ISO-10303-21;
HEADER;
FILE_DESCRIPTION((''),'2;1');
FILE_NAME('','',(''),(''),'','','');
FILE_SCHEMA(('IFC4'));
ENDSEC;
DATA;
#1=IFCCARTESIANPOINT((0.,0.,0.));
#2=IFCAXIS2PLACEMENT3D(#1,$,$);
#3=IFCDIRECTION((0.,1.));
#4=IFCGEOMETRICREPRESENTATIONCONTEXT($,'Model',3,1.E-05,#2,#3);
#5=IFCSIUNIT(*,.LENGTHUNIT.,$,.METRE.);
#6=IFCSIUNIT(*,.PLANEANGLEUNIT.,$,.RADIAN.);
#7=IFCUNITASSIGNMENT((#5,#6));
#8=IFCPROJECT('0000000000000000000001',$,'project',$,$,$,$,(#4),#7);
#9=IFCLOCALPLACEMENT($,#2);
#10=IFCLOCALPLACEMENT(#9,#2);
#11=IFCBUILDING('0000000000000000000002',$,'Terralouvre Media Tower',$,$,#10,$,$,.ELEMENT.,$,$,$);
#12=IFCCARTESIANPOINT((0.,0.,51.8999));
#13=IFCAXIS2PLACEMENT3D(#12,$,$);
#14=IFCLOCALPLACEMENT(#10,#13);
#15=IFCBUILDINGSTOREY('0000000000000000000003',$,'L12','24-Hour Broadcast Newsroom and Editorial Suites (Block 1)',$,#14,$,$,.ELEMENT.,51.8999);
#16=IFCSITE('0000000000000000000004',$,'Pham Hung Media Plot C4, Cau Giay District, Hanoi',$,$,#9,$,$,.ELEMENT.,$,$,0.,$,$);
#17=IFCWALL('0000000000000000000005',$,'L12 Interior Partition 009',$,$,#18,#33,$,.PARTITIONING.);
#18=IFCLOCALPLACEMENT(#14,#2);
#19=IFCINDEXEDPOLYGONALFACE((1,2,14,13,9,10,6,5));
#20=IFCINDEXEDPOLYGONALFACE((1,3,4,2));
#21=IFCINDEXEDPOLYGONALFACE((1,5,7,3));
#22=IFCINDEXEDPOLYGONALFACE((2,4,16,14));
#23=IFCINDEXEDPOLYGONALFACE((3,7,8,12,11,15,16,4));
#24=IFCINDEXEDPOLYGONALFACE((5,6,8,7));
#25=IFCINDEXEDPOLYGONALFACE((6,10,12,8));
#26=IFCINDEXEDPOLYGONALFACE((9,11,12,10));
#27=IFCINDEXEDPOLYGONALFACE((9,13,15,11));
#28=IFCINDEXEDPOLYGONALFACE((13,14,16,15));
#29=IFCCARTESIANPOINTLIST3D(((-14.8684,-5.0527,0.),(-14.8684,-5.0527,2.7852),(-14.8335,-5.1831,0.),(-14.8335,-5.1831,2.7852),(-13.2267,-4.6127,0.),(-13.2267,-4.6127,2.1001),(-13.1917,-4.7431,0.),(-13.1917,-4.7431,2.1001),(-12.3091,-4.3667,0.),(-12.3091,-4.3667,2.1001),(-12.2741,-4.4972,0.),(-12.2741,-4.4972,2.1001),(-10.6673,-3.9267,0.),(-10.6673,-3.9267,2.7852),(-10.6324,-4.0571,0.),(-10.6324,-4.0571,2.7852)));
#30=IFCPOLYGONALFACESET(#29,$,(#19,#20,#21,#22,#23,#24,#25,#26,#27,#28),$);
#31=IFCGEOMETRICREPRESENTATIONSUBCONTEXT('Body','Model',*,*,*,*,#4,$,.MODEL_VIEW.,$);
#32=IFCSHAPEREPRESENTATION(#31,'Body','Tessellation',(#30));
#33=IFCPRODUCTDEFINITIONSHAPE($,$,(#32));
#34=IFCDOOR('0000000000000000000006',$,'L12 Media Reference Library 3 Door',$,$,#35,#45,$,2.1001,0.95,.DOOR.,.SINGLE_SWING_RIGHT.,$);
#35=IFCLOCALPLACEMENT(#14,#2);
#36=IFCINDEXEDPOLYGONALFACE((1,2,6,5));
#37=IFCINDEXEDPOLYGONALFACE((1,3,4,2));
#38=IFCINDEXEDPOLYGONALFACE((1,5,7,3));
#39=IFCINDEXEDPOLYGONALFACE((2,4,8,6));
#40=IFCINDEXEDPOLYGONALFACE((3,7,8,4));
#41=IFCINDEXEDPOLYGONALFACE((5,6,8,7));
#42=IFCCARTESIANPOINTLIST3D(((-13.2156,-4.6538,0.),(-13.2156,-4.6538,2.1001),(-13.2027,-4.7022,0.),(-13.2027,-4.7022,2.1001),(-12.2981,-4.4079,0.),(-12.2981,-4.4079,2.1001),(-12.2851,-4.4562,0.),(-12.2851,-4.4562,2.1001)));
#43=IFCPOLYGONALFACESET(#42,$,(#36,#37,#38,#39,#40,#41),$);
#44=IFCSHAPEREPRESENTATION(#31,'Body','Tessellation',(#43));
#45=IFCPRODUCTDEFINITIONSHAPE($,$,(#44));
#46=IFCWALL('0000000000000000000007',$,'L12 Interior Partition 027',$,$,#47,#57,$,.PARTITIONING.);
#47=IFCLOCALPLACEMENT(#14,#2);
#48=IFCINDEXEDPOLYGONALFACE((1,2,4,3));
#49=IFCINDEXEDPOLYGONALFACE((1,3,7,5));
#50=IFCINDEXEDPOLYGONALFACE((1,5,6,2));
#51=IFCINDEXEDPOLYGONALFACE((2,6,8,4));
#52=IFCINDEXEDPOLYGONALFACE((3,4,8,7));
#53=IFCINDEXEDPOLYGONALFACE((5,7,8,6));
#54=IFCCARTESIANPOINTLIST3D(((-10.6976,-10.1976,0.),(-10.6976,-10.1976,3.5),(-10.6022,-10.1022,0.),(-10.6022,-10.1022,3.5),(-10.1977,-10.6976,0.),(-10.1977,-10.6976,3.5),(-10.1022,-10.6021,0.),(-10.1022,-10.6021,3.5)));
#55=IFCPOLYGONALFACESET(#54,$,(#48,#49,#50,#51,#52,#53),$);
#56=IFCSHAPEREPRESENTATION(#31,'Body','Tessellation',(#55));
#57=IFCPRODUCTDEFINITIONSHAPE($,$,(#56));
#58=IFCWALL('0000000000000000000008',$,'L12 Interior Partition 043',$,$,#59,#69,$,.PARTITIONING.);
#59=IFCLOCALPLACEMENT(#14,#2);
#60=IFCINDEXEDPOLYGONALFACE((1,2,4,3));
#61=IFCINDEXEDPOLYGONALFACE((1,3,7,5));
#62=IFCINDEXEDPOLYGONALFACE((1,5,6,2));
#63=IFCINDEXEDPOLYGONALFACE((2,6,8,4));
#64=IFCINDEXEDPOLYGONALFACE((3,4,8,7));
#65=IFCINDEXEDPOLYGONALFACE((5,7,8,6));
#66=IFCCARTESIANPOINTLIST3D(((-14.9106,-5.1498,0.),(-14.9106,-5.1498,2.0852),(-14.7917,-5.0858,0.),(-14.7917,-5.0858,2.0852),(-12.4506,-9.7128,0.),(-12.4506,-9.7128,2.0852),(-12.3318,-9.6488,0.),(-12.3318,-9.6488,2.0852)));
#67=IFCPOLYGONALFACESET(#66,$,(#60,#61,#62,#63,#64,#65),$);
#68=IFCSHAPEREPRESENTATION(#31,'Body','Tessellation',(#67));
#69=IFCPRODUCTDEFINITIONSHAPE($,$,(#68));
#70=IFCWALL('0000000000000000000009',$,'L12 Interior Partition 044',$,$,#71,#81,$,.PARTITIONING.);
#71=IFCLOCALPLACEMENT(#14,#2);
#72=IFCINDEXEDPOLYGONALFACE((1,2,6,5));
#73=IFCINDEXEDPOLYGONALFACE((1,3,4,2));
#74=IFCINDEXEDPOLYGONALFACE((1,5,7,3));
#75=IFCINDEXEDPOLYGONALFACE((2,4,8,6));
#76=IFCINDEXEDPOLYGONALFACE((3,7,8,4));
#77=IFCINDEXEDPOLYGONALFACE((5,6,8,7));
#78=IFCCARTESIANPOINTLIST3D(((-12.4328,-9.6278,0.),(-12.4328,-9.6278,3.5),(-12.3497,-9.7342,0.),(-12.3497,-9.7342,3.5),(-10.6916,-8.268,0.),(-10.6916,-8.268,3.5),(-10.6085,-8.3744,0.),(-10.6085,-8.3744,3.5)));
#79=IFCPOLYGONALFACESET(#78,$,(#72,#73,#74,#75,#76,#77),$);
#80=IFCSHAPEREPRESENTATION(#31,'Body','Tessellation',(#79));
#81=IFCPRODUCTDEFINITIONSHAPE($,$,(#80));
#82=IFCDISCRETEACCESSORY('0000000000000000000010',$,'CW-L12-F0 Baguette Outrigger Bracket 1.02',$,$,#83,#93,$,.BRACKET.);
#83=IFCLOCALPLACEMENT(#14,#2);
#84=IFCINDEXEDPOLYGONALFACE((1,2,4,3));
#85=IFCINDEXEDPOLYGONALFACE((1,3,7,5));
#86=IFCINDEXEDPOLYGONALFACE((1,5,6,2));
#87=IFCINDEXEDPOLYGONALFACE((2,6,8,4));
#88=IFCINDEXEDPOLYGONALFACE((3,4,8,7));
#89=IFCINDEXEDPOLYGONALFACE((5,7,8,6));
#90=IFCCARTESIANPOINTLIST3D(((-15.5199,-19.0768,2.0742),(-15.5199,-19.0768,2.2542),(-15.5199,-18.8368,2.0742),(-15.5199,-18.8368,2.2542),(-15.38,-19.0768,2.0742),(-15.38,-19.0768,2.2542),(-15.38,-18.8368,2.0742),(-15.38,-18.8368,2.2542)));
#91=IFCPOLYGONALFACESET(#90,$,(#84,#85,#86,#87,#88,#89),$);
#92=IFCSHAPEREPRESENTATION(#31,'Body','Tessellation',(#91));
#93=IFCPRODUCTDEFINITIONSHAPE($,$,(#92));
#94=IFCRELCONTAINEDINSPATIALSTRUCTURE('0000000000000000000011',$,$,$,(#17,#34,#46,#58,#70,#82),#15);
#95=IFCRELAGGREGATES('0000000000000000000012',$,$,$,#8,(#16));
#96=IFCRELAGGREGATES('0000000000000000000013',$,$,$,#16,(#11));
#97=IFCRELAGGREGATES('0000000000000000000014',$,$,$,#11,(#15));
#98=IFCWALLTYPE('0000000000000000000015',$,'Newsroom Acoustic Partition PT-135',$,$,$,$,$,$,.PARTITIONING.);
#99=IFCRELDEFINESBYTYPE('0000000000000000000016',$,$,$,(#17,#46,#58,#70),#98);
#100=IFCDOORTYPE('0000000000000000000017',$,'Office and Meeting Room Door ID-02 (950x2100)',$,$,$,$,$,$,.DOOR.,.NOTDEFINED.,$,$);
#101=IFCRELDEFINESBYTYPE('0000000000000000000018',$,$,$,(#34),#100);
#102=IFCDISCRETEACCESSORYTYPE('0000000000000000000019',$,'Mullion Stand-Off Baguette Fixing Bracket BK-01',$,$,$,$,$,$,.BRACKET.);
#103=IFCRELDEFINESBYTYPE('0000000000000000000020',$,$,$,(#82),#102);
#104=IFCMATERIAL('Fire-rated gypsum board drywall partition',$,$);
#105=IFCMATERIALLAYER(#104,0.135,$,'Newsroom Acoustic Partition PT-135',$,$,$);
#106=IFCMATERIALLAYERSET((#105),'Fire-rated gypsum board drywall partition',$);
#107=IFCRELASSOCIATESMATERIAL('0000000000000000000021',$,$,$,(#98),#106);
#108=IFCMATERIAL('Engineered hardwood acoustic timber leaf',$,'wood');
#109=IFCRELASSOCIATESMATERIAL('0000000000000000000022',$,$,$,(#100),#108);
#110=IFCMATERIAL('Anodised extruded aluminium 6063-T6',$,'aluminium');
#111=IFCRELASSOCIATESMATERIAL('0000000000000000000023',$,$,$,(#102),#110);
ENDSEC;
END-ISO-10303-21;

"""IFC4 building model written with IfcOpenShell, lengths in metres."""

from ifc_helpers import new_model, si_unit, direction, frame, frame_2d, origin, origin_2d, place, context, subcontext, project, spatial, rectangle, extrude, material, layer, layer_set, type_object, element, fill, save


model = new_model("IFC4")

# Units and contexts
model_context = context("Model", 3, precision=1e-05, world=origin(), true_north=direction((0.0, 1.0)))
body_context = subcontext(model_context, "Body", "Model", "MODEL_VIEW")
ifc_project = project(units=[si_unit("LENGTHUNIT", "METRE"), si_unit("PLANEANGLEUNIT", "RADIAN")], contexts=[model_context])

# Site, building, storey
site_placement = place(None, origin())
site = spatial("IfcSite", under=ifc_project, at=site_placement, Name="Pham Hung Media Plot C4, Cau Giay District, Hanoi", CompositionType="ELEMENT", RefElevation=0.0)
building_placement = place(site_placement, origin())
building = spatial("IfcBuilding", under=site, at=building_placement, Name="Terralouvre Media Tower", CompositionType="ELEMENT")
storey_placement = place(building_placement, frame((0.0, 0.0, 51.8999)))
storey = spatial("IfcBuildingStorey", under=building, at=storey_placement, Name="L12", Description="24-Hour Broadcast Newsroom and Editorial Suites (Block 1)", CompositionType="ELEMENT", Elevation=51.8999)

# Wall, opening, door
ifc_material_1 = material(Name="Fire-rated gypsum board drywall partition")
ifc_layer_1 = layer(ifc_material_1, 0.135, Name="Newsroom Acoustic Partition PT-135")
ifc_layer_set_1 = layer_set([ifc_layer_1], Name="Fire-rated gypsum board drywall partition")
wall_type_1 = type_object("IfcWallType", Name="Newsroom Acoustic Partition PT-135", PredefinedType="PARTITIONING", material=ifc_layer_set_1)
wall_1_placement = place(storey_placement, frame((-14.8511, -5.1179, 0.0), z_axis=(0.0, 0.0, 1.0), x_axis=(0.96591, 0.258878, 0.0)))
wall_1 = element("IfcWall", 1, at=wall_1_placement, inside=storey, type_object=wall_type_1, Name="L12 Interior Partition 009", PredefinedType="PARTITIONING", context=body_context, shape_type="SweptSolid", body=[
    extrude(rectangle(XDim=4.3494, YDim=0.135, at=frame_2d((2.1748, 0.0))), origin(), (0.0, 0.0, 1.0), 2.7852),
])
opening_placement = place(wall_1_placement, frame((1.6997, 0.0, 0.0)))
opening = element("IfcOpeningElement", 2, at=opening_placement, cuts=wall_1, PredefinedType="OPENING", context=body_context, shape_type="SweptSolid", body=[
    extrude(rectangle(XDim=0.95, YDim=2.1001, at=frame_2d((0.4751, 1.05))), frame((0.0, 0.0774, 0.0), z_axis=(0.0, -1.0, 0.0), x_axis=(1.0, 0.0, 0.0)), (0.0, 0.0, 1.0), 0.155),
])
ifc_material_2 = material(Name="Engineered hardwood acoustic timber leaf", Category="wood")
door_type = type_object("IfcDoorType", Name="Office and Meeting Room Door ID-02 (950x2100)", OperationType="NOTDEFINED", PredefinedType="DOOR", material=ifc_material_2)
door_placement = place(opening_placement, origin())
door = element("IfcDoor", 3, at=door_placement, inside=storey, type_object=door_type, Name="L12 Media Reference Library 3 Door", OperationType="SINGLE_SWING_RIGHT", OverallHeight=2.1001, OverallWidth=0.95, PredefinedType="DOOR", context=body_context, shape_type="SweptSolid", body=[
    extrude(rectangle(XDim=0.95, YDim=2.1001, at=frame_2d((0.4751, 1.05))), frame((0.0, 0.0249, 0.0), z_axis=(0.0, -1.0, 0.0), x_axis=(1.0, 0.0, 0.0)), (0.0, 0.0, 1.0), 0.05),
])
fill(opening, door)

# Walls
wall_2_placement = place(storey_placement, frame((-10.6499, -10.1499, 0.0), z_axis=(0.0, 0.0, 1.0), x_axis=(0.707107, -0.707107, 0.0)))
element("IfcWall", 4, at=wall_2_placement, inside=storey, type_object=wall_type_1, Name="L12 Interior Partition 027", PredefinedType="PARTITIONING", context=body_context, shape_type="SweptSolid", body=[
    extrude(rectangle(XDim=0.707, YDim=0.135, at=frame_2d((0.3535, 0.0))), origin(), (0.0, 0.0, 1.0), 3.5),
])
wall_3_placement = place(storey_placement, frame((-14.8511, -5.1179, 0.0), z_axis=(0.0, 0.0, 1.0), x_axis=(0.474544, -0.880232, 0.0)))
element("IfcWall", 5, at=wall_3_placement, inside=storey, type_object=wall_type_1, Name="L12 Interior Partition 043", PredefinedType="PARTITIONING", context=body_context, shape_type="SweptSolid", body=[
    extrude(rectangle(XDim=5.1838, YDim=0.135, at=frame_2d((2.5918, 0.0))), origin(), (0.0, 0.0, 1.0), 2.0852),
])
wall_4_placement = place(storey_placement, frame((-12.3911, -9.6809, 0.0), z_axis=(0.0, 0.0, 1.0), x_axis=(0.788125, 0.615515, 0.0)))
element("IfcWall", 6, at=wall_4_placement, inside=storey, type_object=wall_type_1, Name="L12 Interior Partition 044", PredefinedType="PARTITIONING", context=body_context, shape_type="SweptSolid", body=[
    extrude(rectangle(XDim=2.2092, YDim=0.135, at=frame_2d((1.1045, 0.0))), origin(), (0.0, 0.0, 1.0), 3.5),
])

# Discrete accessory
ifc_material_3 = material(Name="Anodised extruded aluminium 6063-T6", Category="aluminium")
discrete_accessory_type = type_object("IfcDiscreteAccessoryType", Name="Mullion Stand-Off Baguette Fixing Bracket BK-01", PredefinedType="BRACKET", material=ifc_material_3)
discrete_accessory_placement = place(storey_placement, frame((-15.45, -18.9568, 2.0742), z_axis=(0.0, 0.0, 1.0), x_axis=(1.0, 0.0, 0.0)))
element("IfcDiscreteAccessory", 7, at=discrete_accessory_placement, inside=storey, type_object=discrete_accessory_type, Name="CW-L12-F0 Baguette Outrigger Bracket 1.02", PredefinedType="BRACKET", context=body_context, shape_type="SweptSolid", body=[
    extrude(rectangle(XDim=0.1399, YDim=0.24, at=origin_2d()), origin(), (0.0, 0.0, 1.0), 0.1799),
])

save(model, "model.ifc")
